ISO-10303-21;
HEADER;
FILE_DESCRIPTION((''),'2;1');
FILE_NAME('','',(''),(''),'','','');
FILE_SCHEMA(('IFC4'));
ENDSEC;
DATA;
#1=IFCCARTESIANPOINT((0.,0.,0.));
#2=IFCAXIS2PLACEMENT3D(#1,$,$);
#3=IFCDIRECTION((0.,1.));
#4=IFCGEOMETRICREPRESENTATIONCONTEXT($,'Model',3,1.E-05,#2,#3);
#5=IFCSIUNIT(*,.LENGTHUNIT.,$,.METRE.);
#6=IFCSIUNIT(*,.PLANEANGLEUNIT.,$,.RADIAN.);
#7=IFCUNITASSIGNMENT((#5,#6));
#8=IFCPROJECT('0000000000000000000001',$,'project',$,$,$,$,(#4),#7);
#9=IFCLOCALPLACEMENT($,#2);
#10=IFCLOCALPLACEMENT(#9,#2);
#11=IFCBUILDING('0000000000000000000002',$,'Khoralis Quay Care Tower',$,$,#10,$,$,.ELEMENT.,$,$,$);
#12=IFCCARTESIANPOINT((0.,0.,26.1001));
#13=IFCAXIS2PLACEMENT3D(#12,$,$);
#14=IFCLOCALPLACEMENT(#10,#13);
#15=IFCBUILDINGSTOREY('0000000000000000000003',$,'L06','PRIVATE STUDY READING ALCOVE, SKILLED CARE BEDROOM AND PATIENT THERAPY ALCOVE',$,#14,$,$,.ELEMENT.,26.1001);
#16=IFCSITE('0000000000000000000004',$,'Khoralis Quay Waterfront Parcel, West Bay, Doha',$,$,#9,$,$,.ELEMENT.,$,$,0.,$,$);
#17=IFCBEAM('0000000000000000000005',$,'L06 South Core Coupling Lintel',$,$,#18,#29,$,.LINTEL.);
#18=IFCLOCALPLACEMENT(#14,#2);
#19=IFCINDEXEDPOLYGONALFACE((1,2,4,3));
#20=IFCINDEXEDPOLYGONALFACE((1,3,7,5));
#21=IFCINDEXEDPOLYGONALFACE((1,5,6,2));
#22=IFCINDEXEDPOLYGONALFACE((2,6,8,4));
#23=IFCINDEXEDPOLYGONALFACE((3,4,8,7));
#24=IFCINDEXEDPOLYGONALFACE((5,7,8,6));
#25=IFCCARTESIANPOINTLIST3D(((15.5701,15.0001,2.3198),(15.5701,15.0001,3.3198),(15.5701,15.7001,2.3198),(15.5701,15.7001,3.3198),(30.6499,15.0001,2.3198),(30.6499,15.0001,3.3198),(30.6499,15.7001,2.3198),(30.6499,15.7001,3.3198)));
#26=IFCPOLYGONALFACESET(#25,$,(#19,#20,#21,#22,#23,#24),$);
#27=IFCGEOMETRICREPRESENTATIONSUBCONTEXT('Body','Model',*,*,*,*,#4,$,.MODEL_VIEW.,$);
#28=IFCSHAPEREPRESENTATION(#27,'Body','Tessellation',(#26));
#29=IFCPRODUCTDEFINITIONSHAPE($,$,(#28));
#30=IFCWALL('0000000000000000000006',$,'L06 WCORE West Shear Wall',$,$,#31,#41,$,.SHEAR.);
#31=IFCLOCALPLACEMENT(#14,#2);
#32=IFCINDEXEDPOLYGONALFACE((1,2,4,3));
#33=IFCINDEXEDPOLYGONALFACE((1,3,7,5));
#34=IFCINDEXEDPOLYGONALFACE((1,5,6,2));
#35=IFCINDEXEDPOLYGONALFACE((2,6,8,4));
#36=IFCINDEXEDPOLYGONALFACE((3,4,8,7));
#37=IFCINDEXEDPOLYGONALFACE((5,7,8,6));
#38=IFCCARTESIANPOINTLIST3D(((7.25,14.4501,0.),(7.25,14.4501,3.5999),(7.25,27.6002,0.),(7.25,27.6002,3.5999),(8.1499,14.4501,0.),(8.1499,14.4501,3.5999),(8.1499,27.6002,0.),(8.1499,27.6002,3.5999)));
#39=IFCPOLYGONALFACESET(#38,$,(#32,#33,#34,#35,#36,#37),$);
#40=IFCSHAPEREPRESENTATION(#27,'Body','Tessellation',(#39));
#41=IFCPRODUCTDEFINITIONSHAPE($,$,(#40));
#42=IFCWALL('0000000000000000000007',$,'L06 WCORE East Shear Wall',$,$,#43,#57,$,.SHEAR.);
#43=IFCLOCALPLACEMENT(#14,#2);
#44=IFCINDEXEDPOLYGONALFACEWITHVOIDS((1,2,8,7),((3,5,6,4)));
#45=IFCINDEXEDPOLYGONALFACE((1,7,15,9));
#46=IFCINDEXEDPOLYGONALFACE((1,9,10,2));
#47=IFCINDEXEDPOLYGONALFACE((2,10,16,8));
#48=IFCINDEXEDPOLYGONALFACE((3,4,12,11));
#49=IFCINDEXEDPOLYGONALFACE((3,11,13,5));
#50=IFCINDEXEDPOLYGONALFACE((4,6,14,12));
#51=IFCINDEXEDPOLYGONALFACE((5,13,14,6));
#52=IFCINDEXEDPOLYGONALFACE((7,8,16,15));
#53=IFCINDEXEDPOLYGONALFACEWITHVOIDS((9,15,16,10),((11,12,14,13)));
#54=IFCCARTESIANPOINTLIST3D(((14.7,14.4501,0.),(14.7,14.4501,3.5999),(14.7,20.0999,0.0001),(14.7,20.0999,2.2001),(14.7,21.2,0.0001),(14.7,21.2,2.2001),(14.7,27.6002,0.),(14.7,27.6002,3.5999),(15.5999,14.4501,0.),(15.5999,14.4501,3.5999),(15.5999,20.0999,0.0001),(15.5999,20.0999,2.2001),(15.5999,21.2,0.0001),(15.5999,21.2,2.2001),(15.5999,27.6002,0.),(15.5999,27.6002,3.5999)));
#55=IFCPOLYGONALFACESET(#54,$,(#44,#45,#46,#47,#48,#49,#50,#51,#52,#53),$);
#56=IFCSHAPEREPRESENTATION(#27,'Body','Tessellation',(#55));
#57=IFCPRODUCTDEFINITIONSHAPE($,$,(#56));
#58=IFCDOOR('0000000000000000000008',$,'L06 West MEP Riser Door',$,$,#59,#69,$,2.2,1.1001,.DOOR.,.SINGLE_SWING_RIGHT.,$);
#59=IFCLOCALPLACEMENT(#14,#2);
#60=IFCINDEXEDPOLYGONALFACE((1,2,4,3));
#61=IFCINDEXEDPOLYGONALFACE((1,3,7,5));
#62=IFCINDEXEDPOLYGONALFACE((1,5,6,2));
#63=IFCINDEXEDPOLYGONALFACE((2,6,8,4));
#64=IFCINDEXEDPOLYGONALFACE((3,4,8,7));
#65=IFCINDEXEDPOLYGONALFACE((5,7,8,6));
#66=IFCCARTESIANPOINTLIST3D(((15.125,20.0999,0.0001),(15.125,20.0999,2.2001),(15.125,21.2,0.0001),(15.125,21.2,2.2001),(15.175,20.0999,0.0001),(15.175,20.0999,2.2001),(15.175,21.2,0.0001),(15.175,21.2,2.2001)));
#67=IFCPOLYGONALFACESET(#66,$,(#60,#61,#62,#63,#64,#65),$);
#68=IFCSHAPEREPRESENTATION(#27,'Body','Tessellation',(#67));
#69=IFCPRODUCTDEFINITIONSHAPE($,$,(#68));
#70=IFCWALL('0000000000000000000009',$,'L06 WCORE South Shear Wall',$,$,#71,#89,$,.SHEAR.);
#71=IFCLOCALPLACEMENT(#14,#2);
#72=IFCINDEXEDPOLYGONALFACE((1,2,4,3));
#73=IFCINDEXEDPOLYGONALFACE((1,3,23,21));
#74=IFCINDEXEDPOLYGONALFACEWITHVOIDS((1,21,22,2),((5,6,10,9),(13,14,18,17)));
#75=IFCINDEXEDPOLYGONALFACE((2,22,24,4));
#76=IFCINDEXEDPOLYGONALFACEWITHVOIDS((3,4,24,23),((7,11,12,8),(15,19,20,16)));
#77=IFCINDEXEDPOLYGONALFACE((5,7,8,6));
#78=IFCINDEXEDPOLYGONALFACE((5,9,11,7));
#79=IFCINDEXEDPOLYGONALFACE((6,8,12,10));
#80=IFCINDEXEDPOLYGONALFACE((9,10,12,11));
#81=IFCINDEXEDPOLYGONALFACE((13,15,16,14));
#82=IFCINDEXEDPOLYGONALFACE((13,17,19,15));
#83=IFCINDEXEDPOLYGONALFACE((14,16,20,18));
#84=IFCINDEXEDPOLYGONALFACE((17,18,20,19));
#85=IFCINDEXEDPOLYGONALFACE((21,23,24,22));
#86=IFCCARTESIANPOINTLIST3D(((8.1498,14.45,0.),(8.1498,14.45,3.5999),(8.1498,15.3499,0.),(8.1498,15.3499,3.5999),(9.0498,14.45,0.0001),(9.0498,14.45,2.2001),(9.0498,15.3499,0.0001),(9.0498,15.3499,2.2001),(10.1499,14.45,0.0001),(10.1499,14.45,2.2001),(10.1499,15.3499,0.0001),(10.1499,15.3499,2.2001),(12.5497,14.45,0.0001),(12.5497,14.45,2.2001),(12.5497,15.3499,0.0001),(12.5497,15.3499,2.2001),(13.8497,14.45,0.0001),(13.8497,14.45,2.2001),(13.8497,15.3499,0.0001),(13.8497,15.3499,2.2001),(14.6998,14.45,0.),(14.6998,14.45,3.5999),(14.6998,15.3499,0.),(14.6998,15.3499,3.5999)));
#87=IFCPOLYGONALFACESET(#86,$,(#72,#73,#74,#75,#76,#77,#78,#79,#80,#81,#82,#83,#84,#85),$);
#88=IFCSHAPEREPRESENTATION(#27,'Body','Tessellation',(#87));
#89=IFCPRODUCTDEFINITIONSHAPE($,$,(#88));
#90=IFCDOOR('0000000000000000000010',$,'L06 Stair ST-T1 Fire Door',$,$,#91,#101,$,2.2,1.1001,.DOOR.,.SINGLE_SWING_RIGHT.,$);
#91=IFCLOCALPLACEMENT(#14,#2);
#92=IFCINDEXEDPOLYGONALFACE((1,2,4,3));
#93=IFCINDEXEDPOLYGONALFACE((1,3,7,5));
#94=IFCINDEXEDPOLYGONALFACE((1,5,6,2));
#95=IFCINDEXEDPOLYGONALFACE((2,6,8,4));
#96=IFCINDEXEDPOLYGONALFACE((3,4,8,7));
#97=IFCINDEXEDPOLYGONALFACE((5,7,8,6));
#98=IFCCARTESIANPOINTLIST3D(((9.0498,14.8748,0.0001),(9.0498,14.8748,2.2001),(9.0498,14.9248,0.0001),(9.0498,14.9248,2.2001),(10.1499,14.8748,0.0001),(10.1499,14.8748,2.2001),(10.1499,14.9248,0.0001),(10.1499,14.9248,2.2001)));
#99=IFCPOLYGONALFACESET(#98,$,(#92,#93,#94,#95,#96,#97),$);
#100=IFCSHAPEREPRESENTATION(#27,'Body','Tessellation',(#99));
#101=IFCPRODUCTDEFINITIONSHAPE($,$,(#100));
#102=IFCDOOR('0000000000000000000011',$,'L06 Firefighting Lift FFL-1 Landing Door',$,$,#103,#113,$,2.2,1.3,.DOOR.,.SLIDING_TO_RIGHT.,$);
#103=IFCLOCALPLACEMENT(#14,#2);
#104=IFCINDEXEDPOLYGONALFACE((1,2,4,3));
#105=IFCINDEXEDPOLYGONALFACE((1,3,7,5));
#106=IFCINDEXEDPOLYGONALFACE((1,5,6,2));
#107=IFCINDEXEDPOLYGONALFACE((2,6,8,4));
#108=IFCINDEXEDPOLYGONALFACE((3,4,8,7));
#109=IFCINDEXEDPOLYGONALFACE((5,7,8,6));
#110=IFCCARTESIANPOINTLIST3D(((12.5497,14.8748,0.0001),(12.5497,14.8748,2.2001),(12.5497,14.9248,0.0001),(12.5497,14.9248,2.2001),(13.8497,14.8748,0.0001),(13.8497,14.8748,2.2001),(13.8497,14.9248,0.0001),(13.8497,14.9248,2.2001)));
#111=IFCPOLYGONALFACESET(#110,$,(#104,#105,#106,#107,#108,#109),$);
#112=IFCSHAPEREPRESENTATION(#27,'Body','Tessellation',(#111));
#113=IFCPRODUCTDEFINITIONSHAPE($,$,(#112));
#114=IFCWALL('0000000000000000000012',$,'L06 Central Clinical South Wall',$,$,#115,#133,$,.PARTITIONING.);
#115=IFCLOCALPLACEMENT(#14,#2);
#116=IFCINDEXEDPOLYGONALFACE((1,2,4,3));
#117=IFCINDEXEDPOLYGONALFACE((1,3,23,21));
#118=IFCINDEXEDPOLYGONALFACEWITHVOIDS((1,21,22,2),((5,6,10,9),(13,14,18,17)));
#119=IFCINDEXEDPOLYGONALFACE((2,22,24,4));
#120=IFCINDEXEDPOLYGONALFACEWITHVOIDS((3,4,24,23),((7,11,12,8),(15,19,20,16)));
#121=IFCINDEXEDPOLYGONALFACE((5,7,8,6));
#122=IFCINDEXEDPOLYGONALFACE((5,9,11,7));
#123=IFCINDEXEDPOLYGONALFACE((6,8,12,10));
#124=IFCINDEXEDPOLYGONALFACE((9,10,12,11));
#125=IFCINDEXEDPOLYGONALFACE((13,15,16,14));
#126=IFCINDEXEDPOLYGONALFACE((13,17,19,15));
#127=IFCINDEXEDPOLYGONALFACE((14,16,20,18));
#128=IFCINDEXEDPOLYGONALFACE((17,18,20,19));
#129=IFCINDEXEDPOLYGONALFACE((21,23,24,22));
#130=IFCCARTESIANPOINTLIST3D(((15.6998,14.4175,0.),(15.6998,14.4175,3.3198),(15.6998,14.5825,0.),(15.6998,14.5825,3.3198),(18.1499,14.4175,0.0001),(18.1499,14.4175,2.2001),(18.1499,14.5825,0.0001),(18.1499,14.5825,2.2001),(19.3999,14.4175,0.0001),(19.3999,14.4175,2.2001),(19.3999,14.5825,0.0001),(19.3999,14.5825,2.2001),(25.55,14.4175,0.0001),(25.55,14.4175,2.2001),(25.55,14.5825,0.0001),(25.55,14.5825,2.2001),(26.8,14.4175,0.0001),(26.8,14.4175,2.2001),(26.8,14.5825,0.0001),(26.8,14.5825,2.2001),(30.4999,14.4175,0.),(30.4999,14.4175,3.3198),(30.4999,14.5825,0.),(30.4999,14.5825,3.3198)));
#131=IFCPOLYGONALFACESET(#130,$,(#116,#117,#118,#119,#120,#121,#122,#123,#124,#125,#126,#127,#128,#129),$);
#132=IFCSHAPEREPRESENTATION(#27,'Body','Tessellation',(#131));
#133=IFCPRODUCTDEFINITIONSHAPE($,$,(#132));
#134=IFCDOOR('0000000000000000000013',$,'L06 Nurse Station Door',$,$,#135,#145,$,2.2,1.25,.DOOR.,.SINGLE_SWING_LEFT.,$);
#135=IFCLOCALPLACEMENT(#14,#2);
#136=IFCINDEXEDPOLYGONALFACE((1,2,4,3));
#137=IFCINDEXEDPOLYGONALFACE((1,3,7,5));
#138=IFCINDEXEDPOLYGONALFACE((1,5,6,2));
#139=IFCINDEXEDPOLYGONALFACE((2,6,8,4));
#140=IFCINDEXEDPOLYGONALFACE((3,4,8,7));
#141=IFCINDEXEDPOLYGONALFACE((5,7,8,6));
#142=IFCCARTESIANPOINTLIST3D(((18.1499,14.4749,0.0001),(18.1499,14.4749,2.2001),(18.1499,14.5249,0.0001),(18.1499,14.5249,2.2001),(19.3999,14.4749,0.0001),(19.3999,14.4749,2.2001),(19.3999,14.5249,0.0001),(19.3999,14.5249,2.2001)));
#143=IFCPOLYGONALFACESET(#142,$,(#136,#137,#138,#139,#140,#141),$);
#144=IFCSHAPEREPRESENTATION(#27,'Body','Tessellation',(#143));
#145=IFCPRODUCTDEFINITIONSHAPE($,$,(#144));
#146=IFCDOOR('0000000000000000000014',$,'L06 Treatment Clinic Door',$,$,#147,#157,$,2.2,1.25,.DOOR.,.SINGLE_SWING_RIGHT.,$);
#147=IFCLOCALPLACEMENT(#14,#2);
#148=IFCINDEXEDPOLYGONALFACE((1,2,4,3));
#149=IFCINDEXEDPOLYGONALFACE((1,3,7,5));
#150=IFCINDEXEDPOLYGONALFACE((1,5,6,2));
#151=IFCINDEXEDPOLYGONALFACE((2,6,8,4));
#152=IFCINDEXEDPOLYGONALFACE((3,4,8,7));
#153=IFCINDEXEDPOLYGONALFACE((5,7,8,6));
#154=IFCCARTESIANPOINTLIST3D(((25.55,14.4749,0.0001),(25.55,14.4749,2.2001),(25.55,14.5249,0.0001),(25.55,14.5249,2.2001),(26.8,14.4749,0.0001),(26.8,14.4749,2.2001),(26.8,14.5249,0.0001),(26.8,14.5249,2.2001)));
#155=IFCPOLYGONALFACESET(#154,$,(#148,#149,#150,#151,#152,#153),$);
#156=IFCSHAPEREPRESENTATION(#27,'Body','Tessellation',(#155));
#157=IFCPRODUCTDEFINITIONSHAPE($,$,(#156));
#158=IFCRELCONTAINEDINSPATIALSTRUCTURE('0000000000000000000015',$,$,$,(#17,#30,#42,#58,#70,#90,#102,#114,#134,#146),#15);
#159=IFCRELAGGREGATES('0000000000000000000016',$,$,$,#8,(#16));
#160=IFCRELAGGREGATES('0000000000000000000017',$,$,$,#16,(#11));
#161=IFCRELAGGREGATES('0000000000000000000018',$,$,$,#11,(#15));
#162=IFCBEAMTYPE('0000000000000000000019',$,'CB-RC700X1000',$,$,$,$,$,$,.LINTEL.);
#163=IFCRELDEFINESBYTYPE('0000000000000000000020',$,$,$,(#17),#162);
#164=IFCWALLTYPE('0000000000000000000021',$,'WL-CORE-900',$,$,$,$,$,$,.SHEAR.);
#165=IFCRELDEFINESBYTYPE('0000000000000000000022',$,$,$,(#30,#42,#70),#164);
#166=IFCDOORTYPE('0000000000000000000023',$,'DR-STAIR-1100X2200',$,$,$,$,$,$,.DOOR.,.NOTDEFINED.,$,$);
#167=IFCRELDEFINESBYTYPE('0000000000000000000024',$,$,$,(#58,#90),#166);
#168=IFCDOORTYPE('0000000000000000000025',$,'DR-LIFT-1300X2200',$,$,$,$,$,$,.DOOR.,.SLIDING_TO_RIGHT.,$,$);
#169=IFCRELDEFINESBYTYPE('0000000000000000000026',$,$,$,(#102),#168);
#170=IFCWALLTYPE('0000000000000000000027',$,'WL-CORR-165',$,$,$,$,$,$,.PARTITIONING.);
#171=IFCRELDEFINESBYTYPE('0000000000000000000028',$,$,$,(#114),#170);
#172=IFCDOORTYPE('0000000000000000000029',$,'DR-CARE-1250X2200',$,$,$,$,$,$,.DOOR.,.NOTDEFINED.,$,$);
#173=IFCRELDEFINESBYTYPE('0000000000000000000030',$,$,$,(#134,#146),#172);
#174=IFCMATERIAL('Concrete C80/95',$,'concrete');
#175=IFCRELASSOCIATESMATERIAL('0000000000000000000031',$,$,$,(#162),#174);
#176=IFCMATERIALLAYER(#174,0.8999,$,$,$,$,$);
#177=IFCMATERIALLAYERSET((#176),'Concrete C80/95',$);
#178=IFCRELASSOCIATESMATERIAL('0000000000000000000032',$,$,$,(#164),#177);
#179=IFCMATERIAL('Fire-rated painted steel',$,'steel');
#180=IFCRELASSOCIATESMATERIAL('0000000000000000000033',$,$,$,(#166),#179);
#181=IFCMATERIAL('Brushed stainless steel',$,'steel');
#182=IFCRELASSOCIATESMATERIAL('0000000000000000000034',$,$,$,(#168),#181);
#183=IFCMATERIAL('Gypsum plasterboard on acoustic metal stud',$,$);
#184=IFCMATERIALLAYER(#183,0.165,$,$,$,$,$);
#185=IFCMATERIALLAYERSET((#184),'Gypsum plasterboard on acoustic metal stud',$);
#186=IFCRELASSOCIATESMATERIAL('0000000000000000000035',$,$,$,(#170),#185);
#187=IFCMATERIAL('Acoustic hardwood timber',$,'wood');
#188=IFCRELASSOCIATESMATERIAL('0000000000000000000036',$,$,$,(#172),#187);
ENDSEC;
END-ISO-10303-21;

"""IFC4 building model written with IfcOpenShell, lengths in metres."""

from ifc_helpers import new_model, si_unit, direction, frame, frame_2d, origin, origin_2d, place, context, subcontext, project, spatial, rectangle, extrude, source, transform, mapped, material, layer, layer_set, material_profile, profile_set, type_object, element, fill, save


model = new_model("IFC4")

# Units and contexts
model_context = context("Model", 3, precision=1e-05, world=origin(), true_north=direction((0.0, 1.0)))
body_context = subcontext(model_context, "Body", "Model", "MODEL_VIEW")
ifc_project = project(units=[si_unit("LENGTHUNIT", "METRE"), si_unit("PLANEANGLEUNIT", "RADIAN")], contexts=[model_context])

# Site, building, storey
site_placement = place(None, origin())
site = spatial("IfcSite", under=ifc_project, at=site_placement, Name="Khoralis Quay Waterfront Parcel, West Bay, Doha", CompositionType="ELEMENT", RefElevation=0.0)
building_placement = place(site_placement, origin())
building = spatial("IfcBuilding", under=site, at=building_placement, Name="Khoralis Quay Care Tower", CompositionType="ELEMENT")
storey_placement = place(building_placement, frame((0.0, 0.0, 26.1001)))
storey = spatial("IfcBuildingStorey", under=building, at=storey_placement, Name="L06", Description="PRIVATE STUDY READING ALCOVE, SKILLED CARE BEDROOM AND PATIENT THERAPY ALCOVE", CompositionType="ELEMENT", Elevation=26.1001)

# Beam
ifc_material_1 = material(Name="Concrete C80/95", Category="concrete")
ifc_material_profile = material_profile(ifc_material_1, rectangle(XDim=0.7, YDim=1.0, at=origin_2d()), Name="Concrete C80/95")
ifc_profile_set = profile_set([ifc_material_profile], Name="Concrete C80/95")
beam_type = type_object("IfcBeamType", Name="CB-RC700X1000", PredefinedType="LINTEL", material=ifc_profile_set)
shared_shape_1 = source(origin(), body_context, "Body", "SweptSolid", [
    extrude(rectangle(XDim=0.7, YDim=1.0, at=origin_2d()), origin(), (0.0, 0.0, 1.0), 15.0798),
])
beam_placement = place(storey_placement, frame((15.5701, 15.3501, 2.8198), z_axis=(1.0, 0.0, 0.0), x_axis=(0.0, 1.0, 0.0)))
element("IfcBeam", 1, at=beam_placement, inside=storey, type_object=beam_type, Name="L06 South Core Coupling Lintel", PredefinedType="LINTEL", context=body_context, shape_type="MappedRepresentation", body=[
    mapped(shared_shape_1, transform((0.0, 0.0, 0.0), scale=1.0)),
])

# Wall
ifc_layer_1 = layer(ifc_material_1, 0.8999)
ifc_layer_set_1 = layer_set([ifc_layer_1], Name="Concrete C80/95")
wall_type_1 = type_object("IfcWallType", Name="WL-CORE-900", PredefinedType="SHEAR", material=ifc_layer_set_1)
wall_1_placement = place(storey_placement, frame((7.7, 14.45, 0.0), z_axis=(0.0, 0.0, 1.0), x_axis=(0.0, 1.0, 0.0)))
element("IfcWall", 2, at=wall_1_placement, inside=storey, type_object=wall_type_1, Name="L06 WCORE West Shear Wall", PredefinedType="SHEAR", context=body_context, shape_type="SweptSolid", body=[
    extrude(rectangle(XDim=13.1501, YDim=0.8999, at=frame_2d((6.5752, 0.0))), origin(), (0.0, 0.0, 1.0), 3.5999),
])

# Wall, opening, door
wall_2_placement = place(storey_placement, frame((15.1499, 14.45, 0.0), z_axis=(0.0, 0.0, 1.0), x_axis=(0.0, 1.0, 0.0)))
wall_2 = element("IfcWall", 3, at=wall_2_placement, inside=storey, type_object=wall_type_1, Name="L06 WCORE East Shear Wall", PredefinedType="SHEAR", context=body_context, shape_type="SweptSolid", body=[
    extrude(rectangle(XDim=13.1501, YDim=0.8999, at=frame_2d((6.5752, 0.0))), origin(), (0.0, 0.0, 1.0), 3.5999),
])
opening_1_placement = place(wall_2_placement, frame((5.6499, 0.0, 0.0)))
opening_1 = element("IfcOpeningElement", 4, at=opening_1_placement, cuts=wall_2, PredefinedType="OPENING", context=body_context, shape_type="SweptSolid", body=[
    extrude(rectangle(XDim=1.1001, YDim=2.2, at=frame_2d((0.55, 1.1001))), frame((0.0, 0.46, 0.0), z_axis=(0.0, -1.0, 0.0), x_axis=(1.0, 0.0, 0.0)), (0.0, 0.0, 1.0), 0.9199),
])
ifc_material_2 = material(Name="Fire-rated painted steel", Category="steel")
door_type_1 = type_object("IfcDoorType", Name="DR-STAIR-1100X2200", OperationType="NOTDEFINED", PredefinedType="DOOR", material=ifc_material_2)
shared_shape_2 = source(origin(), body_context, "Body", "SweptSolid", [
    extrude(rectangle(XDim=1.1001, YDim=2.2, at=frame_2d((0.55, 1.1001))), frame((0.0, 0.0249, 0.0), z_axis=(0.0, -1.0, 0.0), x_axis=(1.0, 0.0, 0.0)), (0.0, 0.0, 1.0), 0.05),
])
door_1_placement = place(opening_1_placement, origin())
door_1 = element("IfcDoor", 5, at=door_1_placement, inside=storey, type_object=door_type_1, Name="L06 West MEP Riser Door", OperationType="SINGLE_SWING_RIGHT", OverallHeight=2.2, OverallWidth=1.1001, PredefinedType="DOOR", context=body_context, shape_type="MappedRepresentation", body=[
    mapped(shared_shape_2, transform((0.0, 0.0, 0.0), scale=1.0)),
])
fill(opening_1, door_1)

# Walls, openings, doors
wall_3_placement = place(storey_placement, frame((8.1499, 14.8999, 0.0), z_axis=(0.0, 0.0, 1.0), x_axis=(1.0, 0.0, 0.0)))
wall_3 = element("IfcWall", 6, at=wall_3_placement, inside=storey, type_object=wall_type_1, Name="L06 WCORE South Shear Wall", PredefinedType="SHEAR", context=body_context, shape_type="SweptSolid", body=[
    extrude(rectangle(XDim=6.55, YDim=0.8999, at=frame_2d((3.2749, 0.0))), origin(), (0.0, 0.0, 1.0), 3.5999),
])
opening_2_placement = place(wall_3_placement, frame((0.8999, 0.0, 0.0)))
opening_2 = element("IfcOpeningElement", 7, at=opening_2_placement, cuts=wall_3, PredefinedType="OPENING", context=body_context, shape_type="SweptSolid", body=[
    extrude(rectangle(XDim=1.1001, YDim=2.2, at=frame_2d((0.55, 1.1001))), frame((0.0, 0.46, 0.0), z_axis=(0.0, -1.0, 0.0), x_axis=(1.0, 0.0, 0.0)), (0.0, 0.0, 1.0), 0.9199),
])
opening_3_placement = place(wall_3_placement, frame((4.3999, 0.0, 0.0)))
opening_3 = element("IfcOpeningElement", 8, at=opening_3_placement, cuts=wall_3, PredefinedType="OPENING", context=body_context, shape_type="SweptSolid", body=[
    extrude(rectangle(XDim=1.3, YDim=2.2, at=frame_2d((0.6499, 1.1001))), frame((0.0, 0.46, 0.0), z_axis=(0.0, -1.0, 0.0), x_axis=(1.0, 0.0, 0.0)), (0.0, 0.0, 1.0), 0.9199),
])
door_2_placement = place(opening_2_placement, origin())
door_2 = element("IfcDoor", 9, at=door_2_placement, inside=storey, type_object=door_type_1, Name="L06 Stair ST-T1 Fire Door", OperationType="SINGLE_SWING_RIGHT", OverallHeight=2.2, OverallWidth=1.1001, PredefinedType="DOOR", context=body_context, shape_type="MappedRepresentation", body=[
    mapped(shared_shape_2, transform((0.0, 0.0, 0.0), scale=1.0)),
])
fill(opening_2, door_2)
ifc_material_3 = material(Name="Brushed stainless steel", Category="steel")
door_type_2 = type_object("IfcDoorType", Name="DR-LIFT-1300X2200", OperationType="SLIDING_TO_RIGHT", PredefinedType="DOOR", material=ifc_material_3)
shared_shape_3 = source(origin(), body_context, "Body", "SweptSolid", [
    extrude(rectangle(XDim=1.3, YDim=2.2, at=frame_2d((0.6499, 1.1001))), frame((0.0, 0.0249, 0.0), z_axis=(0.0, -1.0, 0.0), x_axis=(1.0, 0.0, 0.0)), (0.0, 0.0, 1.0), 0.05),
])
door_3_placement = place(opening_3_placement, origin())
door_3 = element("IfcDoor", 10, at=door_3_placement, inside=storey, type_object=door_type_2, Name="L06 Firefighting Lift FFL-1 Landing Door", OperationType="SLIDING_TO_RIGHT", OverallHeight=2.2, OverallWidth=1.3, PredefinedType="DOOR", context=body_context, shape_type="MappedRepresentation", body=[
    mapped(shared_shape_3, transform((0.0, 0.0, 0.0), scale=1.0)),
])
fill(opening_3, door_3)
ifc_material_4 = material(Name="Gypsum plasterboard on acoustic metal stud")
ifc_layer_2 = layer(ifc_material_4, 0.165)
ifc_layer_set_2 = layer_set([ifc_layer_2], Name="Gypsum plasterboard on acoustic metal stud")
wall_type_2 = type_object("IfcWallType", Name="WL-CORR-165", PredefinedType="PARTITIONING", material=ifc_layer_set_2)
wall_4_placement = place(storey_placement, frame((15.7, 14.5, 0.0), z_axis=(0.0, 0.0, 1.0), x_axis=(1.0, 0.0, 0.0)))
wall_4 = element("IfcWall", 11, at=wall_4_placement, inside=storey, type_object=wall_type_2, Name="L06 Central Clinical South Wall", PredefinedType="PARTITIONING", context=body_context, shape_type="SweptSolid", body=[
    extrude(rectangle(XDim=14.8, YDim=0.165, at=frame_2d((7.3999, 0.0))), origin(), (0.0, 0.0, 1.0), 3.3198),
])
opening_4_placement = place(wall_4_placement, frame((2.45, 0.0, 0.0)))
opening_4 = element("IfcOpeningElement", 12, at=opening_4_placement, cuts=wall_4, PredefinedType="OPENING", context=body_context, shape_type="SweptSolid", body=[
    extrude(rectangle(XDim=1.25, YDim=2.2, at=frame_2d((0.625, 1.1001))), frame((0.0, 0.0925, 0.0), z_axis=(0.0, -1.0, 0.0), x_axis=(1.0, 0.0, 0.0)), (0.0, 0.0, 1.0), 0.1851),
])
opening_5_placement = place(wall_4_placement, frame((9.8501, 0.0, 0.0)))
opening_5 = element("IfcOpeningElement", 13, at=opening_5_placement, cuts=wall_4, PredefinedType="OPENING", context=body_context, shape_type="SweptSolid", body=[
    extrude(rectangle(XDim=1.25, YDim=2.2, at=frame_2d((0.625, 1.1001))), frame((0.0, 0.0925, 0.0), z_axis=(0.0, -1.0, 0.0), x_axis=(1.0, 0.0, 0.0)), (0.0, 0.0, 1.0), 0.1851),
])
ifc_material_5 = material(Name="Acoustic hardwood timber", Category="wood")
door_type_3 = type_object("IfcDoorType", Name="DR-CARE-1250X2200", OperationType="NOTDEFINED", PredefinedType="DOOR", material=ifc_material_5)
shared_shape_4 = source(origin(), body_context, "Body", "SweptSolid", [
    extrude(rectangle(XDim=1.25, YDim=2.2, at=frame_2d((0.625, 1.1001))), frame((0.0, 0.0249, 0.0), z_axis=(0.0, -1.0, 0.0), x_axis=(1.0, 0.0, 0.0)), (0.0, 0.0, 1.0), 0.05),
])
door_4_placement = place(opening_4_placement, origin())
door_4 = element("IfcDoor", 14, at=door_4_placement, inside=storey, type_object=door_type_3, Name="L06 Nurse Station Door", OperationType="SINGLE_SWING_LEFT", OverallHeight=2.2, OverallWidth=1.25, PredefinedType="DOOR", context=body_context, shape_type="MappedRepresentation", body=[
    mapped(shared_shape_4, transform((0.0, 0.0, 0.0), scale=1.0)),
])
fill(opening_4, door_4)
door_5_placement = place(opening_5_placement, origin())
door_5 = element("IfcDoor", 15, at=door_5_placement, inside=storey, type_object=door_type_3, Name="L06 Treatment Clinic Door", OperationType="SINGLE_SWING_RIGHT", OverallHeight=2.2, OverallWidth=1.25, PredefinedType="DOOR", context=body_context, shape_type="MappedRepresentation", body=[
    mapped(shared_shape_4, transform((0.0, 0.0, 0.0), scale=1.0)),
])
fill(opening_5, door_5)

save(model, "model.ifc")
